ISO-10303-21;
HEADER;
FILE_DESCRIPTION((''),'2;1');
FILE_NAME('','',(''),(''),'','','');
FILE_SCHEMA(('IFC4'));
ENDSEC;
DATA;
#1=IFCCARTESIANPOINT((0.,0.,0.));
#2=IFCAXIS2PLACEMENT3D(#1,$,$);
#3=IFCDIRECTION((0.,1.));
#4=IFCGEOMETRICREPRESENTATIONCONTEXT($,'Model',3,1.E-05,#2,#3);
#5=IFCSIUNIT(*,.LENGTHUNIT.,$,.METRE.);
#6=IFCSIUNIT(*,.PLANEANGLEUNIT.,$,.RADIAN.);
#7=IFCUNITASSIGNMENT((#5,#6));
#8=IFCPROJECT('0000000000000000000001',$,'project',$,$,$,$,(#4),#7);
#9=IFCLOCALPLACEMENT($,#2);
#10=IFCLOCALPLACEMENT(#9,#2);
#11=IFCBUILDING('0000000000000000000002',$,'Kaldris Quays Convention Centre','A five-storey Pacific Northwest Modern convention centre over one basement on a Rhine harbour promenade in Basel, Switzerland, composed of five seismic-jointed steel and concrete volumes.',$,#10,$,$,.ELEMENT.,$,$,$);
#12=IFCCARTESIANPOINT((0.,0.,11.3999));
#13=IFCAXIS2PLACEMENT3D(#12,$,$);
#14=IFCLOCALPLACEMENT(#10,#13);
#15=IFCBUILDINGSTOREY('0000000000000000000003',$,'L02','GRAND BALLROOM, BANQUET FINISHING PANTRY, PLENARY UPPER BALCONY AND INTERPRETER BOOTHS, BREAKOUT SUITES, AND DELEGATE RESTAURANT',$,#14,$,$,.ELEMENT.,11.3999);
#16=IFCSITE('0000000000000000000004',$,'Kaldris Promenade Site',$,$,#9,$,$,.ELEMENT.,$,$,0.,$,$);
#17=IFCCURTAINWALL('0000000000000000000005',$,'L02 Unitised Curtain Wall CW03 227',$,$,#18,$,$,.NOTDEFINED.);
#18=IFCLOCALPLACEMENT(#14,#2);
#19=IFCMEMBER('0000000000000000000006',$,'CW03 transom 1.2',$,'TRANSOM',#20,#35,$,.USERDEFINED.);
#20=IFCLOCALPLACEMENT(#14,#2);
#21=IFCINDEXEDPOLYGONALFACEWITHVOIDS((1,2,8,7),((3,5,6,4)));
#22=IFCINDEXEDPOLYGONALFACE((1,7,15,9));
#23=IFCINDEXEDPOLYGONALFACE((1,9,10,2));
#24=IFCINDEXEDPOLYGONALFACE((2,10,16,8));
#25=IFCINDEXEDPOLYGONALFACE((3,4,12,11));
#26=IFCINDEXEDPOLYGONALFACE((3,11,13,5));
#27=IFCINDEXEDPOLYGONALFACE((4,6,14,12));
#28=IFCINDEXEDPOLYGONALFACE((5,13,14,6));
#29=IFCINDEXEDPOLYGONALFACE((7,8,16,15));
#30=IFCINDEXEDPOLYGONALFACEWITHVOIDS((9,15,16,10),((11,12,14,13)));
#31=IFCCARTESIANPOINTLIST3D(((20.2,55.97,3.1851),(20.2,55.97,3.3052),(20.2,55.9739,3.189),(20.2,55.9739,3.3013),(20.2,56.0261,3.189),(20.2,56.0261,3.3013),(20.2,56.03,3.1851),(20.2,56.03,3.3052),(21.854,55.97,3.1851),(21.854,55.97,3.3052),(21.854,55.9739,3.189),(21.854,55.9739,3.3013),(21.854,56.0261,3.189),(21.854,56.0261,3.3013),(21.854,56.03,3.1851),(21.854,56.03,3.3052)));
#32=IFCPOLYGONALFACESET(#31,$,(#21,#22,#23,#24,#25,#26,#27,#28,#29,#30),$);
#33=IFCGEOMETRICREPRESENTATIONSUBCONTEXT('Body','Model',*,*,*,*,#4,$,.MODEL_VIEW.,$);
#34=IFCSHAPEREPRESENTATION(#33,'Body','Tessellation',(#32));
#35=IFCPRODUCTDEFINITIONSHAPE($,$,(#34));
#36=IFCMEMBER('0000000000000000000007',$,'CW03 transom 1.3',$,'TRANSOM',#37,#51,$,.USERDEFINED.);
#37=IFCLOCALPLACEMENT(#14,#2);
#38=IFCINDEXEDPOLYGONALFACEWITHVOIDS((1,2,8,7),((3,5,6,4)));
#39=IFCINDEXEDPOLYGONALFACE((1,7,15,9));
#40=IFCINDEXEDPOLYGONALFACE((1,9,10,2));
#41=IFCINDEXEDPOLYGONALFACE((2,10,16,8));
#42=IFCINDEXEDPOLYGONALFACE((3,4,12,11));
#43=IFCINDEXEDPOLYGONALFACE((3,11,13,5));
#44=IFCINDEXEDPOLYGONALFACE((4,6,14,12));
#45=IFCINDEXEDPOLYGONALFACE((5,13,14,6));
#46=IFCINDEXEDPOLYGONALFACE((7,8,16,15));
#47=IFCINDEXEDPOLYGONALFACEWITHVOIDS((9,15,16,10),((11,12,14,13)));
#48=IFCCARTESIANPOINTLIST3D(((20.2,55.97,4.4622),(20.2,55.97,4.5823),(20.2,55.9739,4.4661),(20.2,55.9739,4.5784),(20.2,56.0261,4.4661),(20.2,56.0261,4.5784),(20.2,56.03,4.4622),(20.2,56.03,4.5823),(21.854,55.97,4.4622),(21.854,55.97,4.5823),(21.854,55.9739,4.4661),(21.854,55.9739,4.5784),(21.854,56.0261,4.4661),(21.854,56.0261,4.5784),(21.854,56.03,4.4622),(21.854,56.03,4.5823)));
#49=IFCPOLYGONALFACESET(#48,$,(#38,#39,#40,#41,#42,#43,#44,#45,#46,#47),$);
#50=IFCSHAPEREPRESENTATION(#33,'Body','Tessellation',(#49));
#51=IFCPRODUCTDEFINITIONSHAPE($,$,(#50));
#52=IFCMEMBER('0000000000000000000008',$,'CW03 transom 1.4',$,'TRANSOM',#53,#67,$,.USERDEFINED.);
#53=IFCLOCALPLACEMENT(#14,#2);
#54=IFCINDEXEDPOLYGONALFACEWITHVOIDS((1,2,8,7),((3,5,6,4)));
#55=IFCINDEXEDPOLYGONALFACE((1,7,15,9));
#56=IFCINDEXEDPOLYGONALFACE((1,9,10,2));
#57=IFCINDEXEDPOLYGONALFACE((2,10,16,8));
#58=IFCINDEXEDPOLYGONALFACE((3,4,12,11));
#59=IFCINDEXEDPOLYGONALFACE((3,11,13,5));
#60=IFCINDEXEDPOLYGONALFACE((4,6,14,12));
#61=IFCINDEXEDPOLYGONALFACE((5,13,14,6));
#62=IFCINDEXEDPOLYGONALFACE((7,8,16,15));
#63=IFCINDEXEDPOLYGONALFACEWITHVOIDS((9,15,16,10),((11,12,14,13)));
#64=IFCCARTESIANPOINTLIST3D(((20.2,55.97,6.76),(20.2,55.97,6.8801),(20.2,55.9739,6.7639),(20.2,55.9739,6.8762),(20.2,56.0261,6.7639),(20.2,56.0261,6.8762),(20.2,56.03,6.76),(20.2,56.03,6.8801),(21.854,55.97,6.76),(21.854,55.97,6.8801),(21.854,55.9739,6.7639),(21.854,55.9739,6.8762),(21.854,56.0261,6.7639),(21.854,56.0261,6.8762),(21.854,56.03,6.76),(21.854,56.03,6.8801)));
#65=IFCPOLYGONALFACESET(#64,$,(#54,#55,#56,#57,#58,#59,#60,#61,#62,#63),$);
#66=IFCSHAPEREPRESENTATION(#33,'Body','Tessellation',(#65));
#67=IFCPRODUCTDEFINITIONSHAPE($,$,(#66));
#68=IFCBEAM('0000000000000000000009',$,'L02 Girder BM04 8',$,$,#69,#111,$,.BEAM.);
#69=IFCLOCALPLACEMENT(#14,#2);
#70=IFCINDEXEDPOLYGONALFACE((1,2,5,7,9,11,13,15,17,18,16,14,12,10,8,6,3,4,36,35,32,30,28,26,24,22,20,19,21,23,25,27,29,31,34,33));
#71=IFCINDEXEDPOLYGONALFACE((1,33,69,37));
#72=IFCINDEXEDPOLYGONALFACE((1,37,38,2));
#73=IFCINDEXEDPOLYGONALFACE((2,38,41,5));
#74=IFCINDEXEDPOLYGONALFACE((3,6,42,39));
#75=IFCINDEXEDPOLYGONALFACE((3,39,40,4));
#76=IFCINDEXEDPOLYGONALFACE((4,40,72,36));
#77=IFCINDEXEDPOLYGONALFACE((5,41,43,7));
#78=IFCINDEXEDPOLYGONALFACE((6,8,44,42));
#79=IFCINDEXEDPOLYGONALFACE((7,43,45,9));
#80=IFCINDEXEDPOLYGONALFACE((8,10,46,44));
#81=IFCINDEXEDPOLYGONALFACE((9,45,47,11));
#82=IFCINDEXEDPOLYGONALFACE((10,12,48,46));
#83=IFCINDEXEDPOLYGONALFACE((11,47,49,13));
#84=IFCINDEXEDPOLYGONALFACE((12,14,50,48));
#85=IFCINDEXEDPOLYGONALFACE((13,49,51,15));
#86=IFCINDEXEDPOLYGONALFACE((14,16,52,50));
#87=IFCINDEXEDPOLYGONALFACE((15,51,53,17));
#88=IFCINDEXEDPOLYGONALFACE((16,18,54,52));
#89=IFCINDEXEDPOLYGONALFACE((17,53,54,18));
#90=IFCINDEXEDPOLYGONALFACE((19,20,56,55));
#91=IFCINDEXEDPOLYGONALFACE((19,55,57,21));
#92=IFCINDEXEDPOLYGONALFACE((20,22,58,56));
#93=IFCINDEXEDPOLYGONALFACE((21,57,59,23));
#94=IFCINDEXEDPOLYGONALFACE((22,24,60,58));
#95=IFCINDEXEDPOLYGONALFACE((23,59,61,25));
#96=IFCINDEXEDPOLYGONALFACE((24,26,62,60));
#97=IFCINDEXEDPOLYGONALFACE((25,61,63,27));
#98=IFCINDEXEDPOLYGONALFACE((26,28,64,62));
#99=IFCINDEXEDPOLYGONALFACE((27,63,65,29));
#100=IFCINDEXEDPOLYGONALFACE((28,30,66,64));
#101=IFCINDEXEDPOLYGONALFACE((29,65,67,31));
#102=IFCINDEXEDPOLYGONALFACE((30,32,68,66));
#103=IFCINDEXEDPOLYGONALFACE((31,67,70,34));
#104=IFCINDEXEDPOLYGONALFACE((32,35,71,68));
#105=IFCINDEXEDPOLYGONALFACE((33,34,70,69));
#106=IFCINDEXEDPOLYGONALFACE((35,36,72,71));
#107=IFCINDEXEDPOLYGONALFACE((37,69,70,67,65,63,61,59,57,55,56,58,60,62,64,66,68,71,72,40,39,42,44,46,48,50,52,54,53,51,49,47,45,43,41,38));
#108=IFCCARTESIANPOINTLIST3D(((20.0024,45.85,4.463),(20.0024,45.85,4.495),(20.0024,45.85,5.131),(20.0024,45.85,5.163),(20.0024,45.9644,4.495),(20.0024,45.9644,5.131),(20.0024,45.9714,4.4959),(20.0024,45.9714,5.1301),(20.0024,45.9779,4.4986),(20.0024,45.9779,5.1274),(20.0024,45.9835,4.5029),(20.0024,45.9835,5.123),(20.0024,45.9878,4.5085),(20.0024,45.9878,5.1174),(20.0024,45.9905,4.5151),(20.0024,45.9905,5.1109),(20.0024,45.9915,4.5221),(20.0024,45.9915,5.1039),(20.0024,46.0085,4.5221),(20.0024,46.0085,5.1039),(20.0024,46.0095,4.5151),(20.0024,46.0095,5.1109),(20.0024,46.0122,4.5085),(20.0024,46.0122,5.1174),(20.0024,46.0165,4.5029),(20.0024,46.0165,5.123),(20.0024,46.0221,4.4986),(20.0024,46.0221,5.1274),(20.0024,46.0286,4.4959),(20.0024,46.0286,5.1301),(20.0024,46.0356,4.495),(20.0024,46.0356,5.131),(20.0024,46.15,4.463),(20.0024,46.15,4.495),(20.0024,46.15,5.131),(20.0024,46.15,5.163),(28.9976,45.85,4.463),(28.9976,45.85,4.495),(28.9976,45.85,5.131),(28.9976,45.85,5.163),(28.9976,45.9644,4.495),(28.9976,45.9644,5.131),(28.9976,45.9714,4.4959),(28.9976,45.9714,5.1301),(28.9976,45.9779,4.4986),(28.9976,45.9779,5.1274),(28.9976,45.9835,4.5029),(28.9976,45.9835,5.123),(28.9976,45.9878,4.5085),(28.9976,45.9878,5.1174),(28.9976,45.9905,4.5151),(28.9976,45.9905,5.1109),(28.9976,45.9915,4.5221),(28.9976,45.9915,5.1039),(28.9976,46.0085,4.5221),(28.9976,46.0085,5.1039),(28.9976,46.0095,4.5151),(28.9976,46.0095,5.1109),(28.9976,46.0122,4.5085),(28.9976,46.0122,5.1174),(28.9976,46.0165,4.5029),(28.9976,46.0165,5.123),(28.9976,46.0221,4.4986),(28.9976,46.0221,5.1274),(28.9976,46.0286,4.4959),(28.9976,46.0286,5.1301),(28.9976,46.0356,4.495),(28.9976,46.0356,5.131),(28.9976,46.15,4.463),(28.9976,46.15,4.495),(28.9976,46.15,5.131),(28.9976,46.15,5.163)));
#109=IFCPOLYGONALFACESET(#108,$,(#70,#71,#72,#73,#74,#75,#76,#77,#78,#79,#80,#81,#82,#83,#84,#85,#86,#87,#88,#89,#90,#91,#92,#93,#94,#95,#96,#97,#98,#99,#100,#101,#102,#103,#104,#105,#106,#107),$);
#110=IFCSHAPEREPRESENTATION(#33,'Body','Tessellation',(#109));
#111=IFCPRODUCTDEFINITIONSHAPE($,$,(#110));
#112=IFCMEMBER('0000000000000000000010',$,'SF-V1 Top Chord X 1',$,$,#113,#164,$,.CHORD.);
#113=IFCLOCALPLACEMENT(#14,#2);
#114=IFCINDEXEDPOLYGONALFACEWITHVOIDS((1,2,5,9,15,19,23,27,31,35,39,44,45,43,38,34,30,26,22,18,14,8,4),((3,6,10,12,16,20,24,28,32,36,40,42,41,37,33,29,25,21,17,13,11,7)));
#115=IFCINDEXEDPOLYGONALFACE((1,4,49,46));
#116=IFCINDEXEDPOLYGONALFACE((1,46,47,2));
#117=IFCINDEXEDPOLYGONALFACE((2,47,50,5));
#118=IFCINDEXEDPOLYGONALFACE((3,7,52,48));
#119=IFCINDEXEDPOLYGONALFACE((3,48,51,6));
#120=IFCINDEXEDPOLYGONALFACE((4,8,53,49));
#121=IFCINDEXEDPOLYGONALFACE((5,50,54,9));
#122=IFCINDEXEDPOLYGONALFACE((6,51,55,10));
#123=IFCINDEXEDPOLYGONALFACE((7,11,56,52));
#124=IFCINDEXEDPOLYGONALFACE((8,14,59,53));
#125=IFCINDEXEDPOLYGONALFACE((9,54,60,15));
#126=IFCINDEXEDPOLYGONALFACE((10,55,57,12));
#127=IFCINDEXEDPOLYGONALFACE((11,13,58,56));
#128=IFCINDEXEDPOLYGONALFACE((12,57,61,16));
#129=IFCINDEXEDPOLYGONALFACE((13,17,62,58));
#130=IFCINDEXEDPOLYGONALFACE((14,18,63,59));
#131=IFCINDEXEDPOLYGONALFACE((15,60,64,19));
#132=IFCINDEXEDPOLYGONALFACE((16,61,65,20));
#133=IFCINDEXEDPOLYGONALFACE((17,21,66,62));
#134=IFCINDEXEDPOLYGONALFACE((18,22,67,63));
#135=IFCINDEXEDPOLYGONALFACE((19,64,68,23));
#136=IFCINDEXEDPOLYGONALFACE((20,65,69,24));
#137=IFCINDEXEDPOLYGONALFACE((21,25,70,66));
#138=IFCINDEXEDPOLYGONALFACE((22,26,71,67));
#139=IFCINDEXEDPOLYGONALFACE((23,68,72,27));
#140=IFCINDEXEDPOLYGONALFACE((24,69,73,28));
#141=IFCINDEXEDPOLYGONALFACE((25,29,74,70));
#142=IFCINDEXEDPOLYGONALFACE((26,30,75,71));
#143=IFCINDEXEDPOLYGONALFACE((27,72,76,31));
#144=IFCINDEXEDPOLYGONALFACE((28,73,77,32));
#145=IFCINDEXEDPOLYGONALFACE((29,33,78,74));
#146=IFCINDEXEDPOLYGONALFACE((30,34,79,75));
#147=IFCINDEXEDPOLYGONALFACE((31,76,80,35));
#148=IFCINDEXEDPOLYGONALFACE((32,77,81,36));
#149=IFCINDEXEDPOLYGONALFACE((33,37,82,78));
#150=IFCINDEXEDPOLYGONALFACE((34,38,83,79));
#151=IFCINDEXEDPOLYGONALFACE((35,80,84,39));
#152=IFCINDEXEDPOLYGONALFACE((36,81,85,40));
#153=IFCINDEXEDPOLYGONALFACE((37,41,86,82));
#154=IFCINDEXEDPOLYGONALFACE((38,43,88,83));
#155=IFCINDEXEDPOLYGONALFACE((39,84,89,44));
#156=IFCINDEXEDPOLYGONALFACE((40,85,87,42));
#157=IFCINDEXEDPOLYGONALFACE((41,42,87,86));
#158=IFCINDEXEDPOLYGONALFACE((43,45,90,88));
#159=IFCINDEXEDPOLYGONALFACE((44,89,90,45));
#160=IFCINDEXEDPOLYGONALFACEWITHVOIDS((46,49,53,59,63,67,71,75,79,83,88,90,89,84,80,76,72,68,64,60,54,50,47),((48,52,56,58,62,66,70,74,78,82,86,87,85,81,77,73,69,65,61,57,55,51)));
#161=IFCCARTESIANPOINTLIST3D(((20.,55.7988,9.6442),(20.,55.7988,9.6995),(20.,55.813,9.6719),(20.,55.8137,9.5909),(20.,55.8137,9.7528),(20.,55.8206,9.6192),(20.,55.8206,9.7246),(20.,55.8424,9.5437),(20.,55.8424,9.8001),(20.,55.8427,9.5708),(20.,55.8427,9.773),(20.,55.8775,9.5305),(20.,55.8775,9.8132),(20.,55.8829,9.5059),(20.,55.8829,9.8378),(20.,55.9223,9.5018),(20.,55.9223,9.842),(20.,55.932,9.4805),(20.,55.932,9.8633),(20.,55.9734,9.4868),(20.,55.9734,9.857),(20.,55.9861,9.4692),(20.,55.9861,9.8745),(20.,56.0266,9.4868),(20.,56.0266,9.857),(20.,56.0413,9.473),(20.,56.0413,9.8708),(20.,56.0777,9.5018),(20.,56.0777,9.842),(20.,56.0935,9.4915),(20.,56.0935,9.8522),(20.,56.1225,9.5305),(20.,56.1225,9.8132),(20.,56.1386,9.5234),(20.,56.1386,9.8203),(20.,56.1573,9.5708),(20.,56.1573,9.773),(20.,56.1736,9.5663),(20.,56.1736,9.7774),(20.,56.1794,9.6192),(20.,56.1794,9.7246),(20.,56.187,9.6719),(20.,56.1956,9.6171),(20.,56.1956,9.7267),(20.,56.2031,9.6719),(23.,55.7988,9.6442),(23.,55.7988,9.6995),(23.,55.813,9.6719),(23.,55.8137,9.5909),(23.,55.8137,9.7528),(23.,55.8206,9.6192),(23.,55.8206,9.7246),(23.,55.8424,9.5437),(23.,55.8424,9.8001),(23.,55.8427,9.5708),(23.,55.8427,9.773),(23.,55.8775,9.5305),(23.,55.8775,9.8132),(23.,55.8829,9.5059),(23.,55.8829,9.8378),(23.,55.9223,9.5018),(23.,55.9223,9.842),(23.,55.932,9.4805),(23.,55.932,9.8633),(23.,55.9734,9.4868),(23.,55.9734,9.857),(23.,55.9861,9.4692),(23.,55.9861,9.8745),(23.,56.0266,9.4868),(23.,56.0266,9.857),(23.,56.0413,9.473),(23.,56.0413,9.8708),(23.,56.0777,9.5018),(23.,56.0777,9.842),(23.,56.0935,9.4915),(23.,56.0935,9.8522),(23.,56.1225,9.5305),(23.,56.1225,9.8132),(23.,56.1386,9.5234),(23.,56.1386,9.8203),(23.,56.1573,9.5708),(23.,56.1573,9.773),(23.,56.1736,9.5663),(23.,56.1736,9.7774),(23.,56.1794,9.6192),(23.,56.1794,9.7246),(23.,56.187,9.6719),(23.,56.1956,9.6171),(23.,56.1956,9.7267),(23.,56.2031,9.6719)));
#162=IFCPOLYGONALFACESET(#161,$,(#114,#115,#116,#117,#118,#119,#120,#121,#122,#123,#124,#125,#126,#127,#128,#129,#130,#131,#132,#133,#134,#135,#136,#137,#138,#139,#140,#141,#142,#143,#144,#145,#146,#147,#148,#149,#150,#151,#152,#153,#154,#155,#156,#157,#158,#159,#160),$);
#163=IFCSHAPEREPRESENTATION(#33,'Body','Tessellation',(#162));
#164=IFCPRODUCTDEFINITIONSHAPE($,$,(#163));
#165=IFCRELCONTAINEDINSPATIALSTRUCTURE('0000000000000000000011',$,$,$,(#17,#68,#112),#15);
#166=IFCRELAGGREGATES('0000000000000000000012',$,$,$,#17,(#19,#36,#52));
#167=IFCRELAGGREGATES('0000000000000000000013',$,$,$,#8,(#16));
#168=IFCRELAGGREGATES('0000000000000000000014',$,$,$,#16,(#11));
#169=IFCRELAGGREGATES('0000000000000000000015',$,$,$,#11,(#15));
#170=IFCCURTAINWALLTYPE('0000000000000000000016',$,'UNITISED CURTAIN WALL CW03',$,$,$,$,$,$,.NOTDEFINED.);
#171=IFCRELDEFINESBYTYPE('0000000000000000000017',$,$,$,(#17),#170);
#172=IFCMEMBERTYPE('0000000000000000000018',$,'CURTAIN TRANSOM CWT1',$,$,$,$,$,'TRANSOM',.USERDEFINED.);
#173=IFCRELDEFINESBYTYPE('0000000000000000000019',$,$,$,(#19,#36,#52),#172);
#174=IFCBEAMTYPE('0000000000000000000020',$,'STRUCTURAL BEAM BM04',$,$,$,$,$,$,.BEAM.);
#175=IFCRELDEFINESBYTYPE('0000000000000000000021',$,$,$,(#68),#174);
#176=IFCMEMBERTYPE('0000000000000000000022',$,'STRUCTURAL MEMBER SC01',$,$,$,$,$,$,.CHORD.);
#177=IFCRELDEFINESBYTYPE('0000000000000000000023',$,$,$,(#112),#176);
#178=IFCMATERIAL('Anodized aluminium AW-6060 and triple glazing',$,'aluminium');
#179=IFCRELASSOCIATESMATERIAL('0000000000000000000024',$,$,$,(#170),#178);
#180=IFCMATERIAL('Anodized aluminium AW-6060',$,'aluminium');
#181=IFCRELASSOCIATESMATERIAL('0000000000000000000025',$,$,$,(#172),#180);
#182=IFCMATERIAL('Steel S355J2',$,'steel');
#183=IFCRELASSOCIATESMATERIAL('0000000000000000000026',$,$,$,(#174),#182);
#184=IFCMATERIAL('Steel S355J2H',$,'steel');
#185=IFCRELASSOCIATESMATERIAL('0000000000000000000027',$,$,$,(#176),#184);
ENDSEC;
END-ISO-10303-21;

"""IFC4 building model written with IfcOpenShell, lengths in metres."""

from ifc_helpers import new_model, si_unit, direction, frame, origin, origin_2d, place, context, subcontext, project, spatial, hollow_rectangle, hollow_circle, i_section, extrude, material, material_profile, profile_set, type_object, element, aggregate, save


model = new_model("IFC4")

# Units and contexts
model_context = context("Model", 3, precision=1e-05, world=origin(), true_north=direction((0.0, 1.0)))
body_context = subcontext(model_context, "Body", "Model", "MODEL_VIEW")
ifc_project = project(units=[si_unit("LENGTHUNIT", "METRE"), si_unit("PLANEANGLEUNIT", "RADIAN")], contexts=[model_context])

# Site, building, storey
site_placement = place(None, origin())
site = spatial("IfcSite", under=ifc_project, at=site_placement, Name="Kaldris Promenade Site", CompositionType="ELEMENT", RefElevation=0.0)
building_placement = place(site_placement, origin())
building = spatial("IfcBuilding", under=site, at=building_placement, Name="Kaldris Quays Convention Centre", Description="A five-storey Pacific Northwest Modern convention centre over one basement on a Rhine harbour promenade in Basel, Switzerland, composed of five seismic-jointed steel and concrete volumes.", CompositionType="ELEMENT")
storey_placement = place(building_placement, frame((0.0, 0.0, 11.3999)))
storey = spatial("IfcBuildingStorey", under=building, at=storey_placement, Name="L02", Description="GRAND BALLROOM, BANQUET FINISHING PANTRY, PLENARY UPPER BALCONY AND INTERPRETER BOOTHS, BREAKOUT SUITES, AND DELEGATE RESTAURANT", CompositionType="ELEMENT", Elevation=11.3999)

# Curtain wall, members
ifc_material_1 = material(Name="Anodized aluminium AW-6060 and triple glazing", Category="aluminium")
curtain_wall_type = type_object("IfcCurtainWallType", Name="UNITISED CURTAIN WALL CW03", PredefinedType="NOTDEFINED", material=ifc_material_1)
curtain_wall_placement = place(storey_placement, origin())
curtain_wall = element("IfcCurtainWall", 1, at=curtain_wall_placement, inside=storey, type_object=curtain_wall_type, Name="L02 Unitised Curtain Wall CW03 227", PredefinedType="NOTDEFINED")
ifc_material_2 = material(Name="Anodized aluminium AW-6060", Category="aluminium")
ifc_material_profile_1 = material_profile(ifc_material_2, hollow_rectangle(XDim=0.0601, YDim=0.1201, WallThickness=0.0039, at=origin_2d()), Name="RHS 120x60x4")
ifc_profile_set_1 = profile_set([ifc_material_profile_1], Name="Anodized aluminium AW-6060")
member_type_1 = type_object("IfcMemberType", Name="CURTAIN TRANSOM CWT1", ElementType="TRANSOM", PredefinedType="USERDEFINED", material=ifc_profile_set_1)
member_1_placement = place(storey_placement, frame((20.2, 56.0, 3.2451), z_axis=(1.0, 0.0, 0.0), x_axis=(0.0, 1.0, 0.0)))
member_1 = element("IfcMember", 2, at=member_1_placement, type_object=member_type_1, Name="CW03 transom 1.2", ObjectType="TRANSOM", PredefinedType="USERDEFINED", context=body_context, shape_type="SweptSolid", body=[
    extrude(hollow_rectangle(XDim=0.0601, YDim=0.1201, WallThickness=0.0039, at=origin_2d()), origin(), (0.0, 0.0, 1.0), 1.6541),
])
member_2_placement = place(storey_placement, frame((20.2, 56.0, 4.5222), z_axis=(1.0, 0.0, 0.0), x_axis=(0.0, 1.0, 0.0)))
member_2 = element("IfcMember", 3, at=member_2_placement, type_object=member_type_1, Name="CW03 transom 1.3", ObjectType="TRANSOM", PredefinedType="USERDEFINED", context=body_context, shape_type="SweptSolid", body=[
    extrude(hollow_rectangle(XDim=0.0601, YDim=0.1201, WallThickness=0.0039, at=origin_2d()), origin(), (0.0, 0.0, 1.0), 1.6541),
])
member_3_placement = place(storey_placement, frame((20.2, 56.0, 6.8201), z_axis=(1.0, 0.0, 0.0), x_axis=(0.0, 1.0, 0.0)))
member_3 = element("IfcMember", 4, at=member_3_placement, type_object=member_type_1, Name="CW03 transom 1.4", ObjectType="TRANSOM", PredefinedType="USERDEFINED", context=body_context, shape_type="SweptSolid", body=[
    extrude(hollow_rectangle(XDim=0.0601, YDim=0.1201, WallThickness=0.0039, at=origin_2d()), origin(), (0.0, 0.0, 1.0), 1.6541),
])
aggregate(curtain_wall, [member_1, member_2, member_3])

# Beam
ifc_material_3 = material(Name="Steel S355J2", Category="steel")
ifc_material_profile_2 = material_profile(ifc_material_3, i_section(OverallWidth=0.3, OverallDepth=0.7, WebThickness=0.0171, FlangeThickness=0.032, FilletRadius=0.0271, at=origin_2d()), Name="HEB 700")
ifc_profile_set_2 = profile_set([ifc_material_profile_2], Name="Steel S355J2")
beam_type = type_object("IfcBeamType", Name="STRUCTURAL BEAM BM04", PredefinedType="BEAM", material=ifc_profile_set_2)
beam_placement = place(storey_placement, frame((20.0024, 46.0, 4.813), z_axis=(1.0, 0.0, 0.0), x_axis=(0.0, 1.0, 0.0)))
element("IfcBeam", 5, at=beam_placement, inside=storey, type_object=beam_type, Name="L02 Girder BM04 8", PredefinedType="BEAM", context=body_context, shape_type="SweptSolid", body=[
    extrude(i_section(OverallWidth=0.3, OverallDepth=0.7, WebThickness=0.0171, FlangeThickness=0.032, FilletRadius=0.0271, at=origin_2d()), origin(), (0.0, 0.0, 1.0), 8.9951),
])

# Member
ifc_material_4 = material(Name="Steel S355J2H", Category="steel")
ifc_material_profile_3 = material_profile(ifc_material_4, hollow_circle(Radius=0.2031, WallThickness=0.0161, at=origin_2d()), Name="CHS 406.4x16")
ifc_profile_set_3 = profile_set([ifc_material_profile_3], Name="Steel S355J2H")
member_type_2 = type_object("IfcMemberType", Name="STRUCTURAL MEMBER SC01", PredefinedType="CHORD", material=ifc_profile_set_3)
member_4_placement = place(storey_placement, frame((20.0, 56.0, 9.6719), z_axis=(1.0, 0.0, 0.0), x_axis=(0.0, 1.0, 0.0)))
element("IfcMember", 6, at=member_4_placement, inside=storey, type_object=member_type_2, Name="SF-V1 Top Chord X 1", PredefinedType="CHORD", context=body_context, shape_type="SweptSolid", body=[
    extrude(hollow_circle(Radius=0.2031, WallThickness=0.0161, at=origin_2d()), origin(), (0.0, 0.0, 1.0), 3.0),
])

save(model, "model.ifc")
